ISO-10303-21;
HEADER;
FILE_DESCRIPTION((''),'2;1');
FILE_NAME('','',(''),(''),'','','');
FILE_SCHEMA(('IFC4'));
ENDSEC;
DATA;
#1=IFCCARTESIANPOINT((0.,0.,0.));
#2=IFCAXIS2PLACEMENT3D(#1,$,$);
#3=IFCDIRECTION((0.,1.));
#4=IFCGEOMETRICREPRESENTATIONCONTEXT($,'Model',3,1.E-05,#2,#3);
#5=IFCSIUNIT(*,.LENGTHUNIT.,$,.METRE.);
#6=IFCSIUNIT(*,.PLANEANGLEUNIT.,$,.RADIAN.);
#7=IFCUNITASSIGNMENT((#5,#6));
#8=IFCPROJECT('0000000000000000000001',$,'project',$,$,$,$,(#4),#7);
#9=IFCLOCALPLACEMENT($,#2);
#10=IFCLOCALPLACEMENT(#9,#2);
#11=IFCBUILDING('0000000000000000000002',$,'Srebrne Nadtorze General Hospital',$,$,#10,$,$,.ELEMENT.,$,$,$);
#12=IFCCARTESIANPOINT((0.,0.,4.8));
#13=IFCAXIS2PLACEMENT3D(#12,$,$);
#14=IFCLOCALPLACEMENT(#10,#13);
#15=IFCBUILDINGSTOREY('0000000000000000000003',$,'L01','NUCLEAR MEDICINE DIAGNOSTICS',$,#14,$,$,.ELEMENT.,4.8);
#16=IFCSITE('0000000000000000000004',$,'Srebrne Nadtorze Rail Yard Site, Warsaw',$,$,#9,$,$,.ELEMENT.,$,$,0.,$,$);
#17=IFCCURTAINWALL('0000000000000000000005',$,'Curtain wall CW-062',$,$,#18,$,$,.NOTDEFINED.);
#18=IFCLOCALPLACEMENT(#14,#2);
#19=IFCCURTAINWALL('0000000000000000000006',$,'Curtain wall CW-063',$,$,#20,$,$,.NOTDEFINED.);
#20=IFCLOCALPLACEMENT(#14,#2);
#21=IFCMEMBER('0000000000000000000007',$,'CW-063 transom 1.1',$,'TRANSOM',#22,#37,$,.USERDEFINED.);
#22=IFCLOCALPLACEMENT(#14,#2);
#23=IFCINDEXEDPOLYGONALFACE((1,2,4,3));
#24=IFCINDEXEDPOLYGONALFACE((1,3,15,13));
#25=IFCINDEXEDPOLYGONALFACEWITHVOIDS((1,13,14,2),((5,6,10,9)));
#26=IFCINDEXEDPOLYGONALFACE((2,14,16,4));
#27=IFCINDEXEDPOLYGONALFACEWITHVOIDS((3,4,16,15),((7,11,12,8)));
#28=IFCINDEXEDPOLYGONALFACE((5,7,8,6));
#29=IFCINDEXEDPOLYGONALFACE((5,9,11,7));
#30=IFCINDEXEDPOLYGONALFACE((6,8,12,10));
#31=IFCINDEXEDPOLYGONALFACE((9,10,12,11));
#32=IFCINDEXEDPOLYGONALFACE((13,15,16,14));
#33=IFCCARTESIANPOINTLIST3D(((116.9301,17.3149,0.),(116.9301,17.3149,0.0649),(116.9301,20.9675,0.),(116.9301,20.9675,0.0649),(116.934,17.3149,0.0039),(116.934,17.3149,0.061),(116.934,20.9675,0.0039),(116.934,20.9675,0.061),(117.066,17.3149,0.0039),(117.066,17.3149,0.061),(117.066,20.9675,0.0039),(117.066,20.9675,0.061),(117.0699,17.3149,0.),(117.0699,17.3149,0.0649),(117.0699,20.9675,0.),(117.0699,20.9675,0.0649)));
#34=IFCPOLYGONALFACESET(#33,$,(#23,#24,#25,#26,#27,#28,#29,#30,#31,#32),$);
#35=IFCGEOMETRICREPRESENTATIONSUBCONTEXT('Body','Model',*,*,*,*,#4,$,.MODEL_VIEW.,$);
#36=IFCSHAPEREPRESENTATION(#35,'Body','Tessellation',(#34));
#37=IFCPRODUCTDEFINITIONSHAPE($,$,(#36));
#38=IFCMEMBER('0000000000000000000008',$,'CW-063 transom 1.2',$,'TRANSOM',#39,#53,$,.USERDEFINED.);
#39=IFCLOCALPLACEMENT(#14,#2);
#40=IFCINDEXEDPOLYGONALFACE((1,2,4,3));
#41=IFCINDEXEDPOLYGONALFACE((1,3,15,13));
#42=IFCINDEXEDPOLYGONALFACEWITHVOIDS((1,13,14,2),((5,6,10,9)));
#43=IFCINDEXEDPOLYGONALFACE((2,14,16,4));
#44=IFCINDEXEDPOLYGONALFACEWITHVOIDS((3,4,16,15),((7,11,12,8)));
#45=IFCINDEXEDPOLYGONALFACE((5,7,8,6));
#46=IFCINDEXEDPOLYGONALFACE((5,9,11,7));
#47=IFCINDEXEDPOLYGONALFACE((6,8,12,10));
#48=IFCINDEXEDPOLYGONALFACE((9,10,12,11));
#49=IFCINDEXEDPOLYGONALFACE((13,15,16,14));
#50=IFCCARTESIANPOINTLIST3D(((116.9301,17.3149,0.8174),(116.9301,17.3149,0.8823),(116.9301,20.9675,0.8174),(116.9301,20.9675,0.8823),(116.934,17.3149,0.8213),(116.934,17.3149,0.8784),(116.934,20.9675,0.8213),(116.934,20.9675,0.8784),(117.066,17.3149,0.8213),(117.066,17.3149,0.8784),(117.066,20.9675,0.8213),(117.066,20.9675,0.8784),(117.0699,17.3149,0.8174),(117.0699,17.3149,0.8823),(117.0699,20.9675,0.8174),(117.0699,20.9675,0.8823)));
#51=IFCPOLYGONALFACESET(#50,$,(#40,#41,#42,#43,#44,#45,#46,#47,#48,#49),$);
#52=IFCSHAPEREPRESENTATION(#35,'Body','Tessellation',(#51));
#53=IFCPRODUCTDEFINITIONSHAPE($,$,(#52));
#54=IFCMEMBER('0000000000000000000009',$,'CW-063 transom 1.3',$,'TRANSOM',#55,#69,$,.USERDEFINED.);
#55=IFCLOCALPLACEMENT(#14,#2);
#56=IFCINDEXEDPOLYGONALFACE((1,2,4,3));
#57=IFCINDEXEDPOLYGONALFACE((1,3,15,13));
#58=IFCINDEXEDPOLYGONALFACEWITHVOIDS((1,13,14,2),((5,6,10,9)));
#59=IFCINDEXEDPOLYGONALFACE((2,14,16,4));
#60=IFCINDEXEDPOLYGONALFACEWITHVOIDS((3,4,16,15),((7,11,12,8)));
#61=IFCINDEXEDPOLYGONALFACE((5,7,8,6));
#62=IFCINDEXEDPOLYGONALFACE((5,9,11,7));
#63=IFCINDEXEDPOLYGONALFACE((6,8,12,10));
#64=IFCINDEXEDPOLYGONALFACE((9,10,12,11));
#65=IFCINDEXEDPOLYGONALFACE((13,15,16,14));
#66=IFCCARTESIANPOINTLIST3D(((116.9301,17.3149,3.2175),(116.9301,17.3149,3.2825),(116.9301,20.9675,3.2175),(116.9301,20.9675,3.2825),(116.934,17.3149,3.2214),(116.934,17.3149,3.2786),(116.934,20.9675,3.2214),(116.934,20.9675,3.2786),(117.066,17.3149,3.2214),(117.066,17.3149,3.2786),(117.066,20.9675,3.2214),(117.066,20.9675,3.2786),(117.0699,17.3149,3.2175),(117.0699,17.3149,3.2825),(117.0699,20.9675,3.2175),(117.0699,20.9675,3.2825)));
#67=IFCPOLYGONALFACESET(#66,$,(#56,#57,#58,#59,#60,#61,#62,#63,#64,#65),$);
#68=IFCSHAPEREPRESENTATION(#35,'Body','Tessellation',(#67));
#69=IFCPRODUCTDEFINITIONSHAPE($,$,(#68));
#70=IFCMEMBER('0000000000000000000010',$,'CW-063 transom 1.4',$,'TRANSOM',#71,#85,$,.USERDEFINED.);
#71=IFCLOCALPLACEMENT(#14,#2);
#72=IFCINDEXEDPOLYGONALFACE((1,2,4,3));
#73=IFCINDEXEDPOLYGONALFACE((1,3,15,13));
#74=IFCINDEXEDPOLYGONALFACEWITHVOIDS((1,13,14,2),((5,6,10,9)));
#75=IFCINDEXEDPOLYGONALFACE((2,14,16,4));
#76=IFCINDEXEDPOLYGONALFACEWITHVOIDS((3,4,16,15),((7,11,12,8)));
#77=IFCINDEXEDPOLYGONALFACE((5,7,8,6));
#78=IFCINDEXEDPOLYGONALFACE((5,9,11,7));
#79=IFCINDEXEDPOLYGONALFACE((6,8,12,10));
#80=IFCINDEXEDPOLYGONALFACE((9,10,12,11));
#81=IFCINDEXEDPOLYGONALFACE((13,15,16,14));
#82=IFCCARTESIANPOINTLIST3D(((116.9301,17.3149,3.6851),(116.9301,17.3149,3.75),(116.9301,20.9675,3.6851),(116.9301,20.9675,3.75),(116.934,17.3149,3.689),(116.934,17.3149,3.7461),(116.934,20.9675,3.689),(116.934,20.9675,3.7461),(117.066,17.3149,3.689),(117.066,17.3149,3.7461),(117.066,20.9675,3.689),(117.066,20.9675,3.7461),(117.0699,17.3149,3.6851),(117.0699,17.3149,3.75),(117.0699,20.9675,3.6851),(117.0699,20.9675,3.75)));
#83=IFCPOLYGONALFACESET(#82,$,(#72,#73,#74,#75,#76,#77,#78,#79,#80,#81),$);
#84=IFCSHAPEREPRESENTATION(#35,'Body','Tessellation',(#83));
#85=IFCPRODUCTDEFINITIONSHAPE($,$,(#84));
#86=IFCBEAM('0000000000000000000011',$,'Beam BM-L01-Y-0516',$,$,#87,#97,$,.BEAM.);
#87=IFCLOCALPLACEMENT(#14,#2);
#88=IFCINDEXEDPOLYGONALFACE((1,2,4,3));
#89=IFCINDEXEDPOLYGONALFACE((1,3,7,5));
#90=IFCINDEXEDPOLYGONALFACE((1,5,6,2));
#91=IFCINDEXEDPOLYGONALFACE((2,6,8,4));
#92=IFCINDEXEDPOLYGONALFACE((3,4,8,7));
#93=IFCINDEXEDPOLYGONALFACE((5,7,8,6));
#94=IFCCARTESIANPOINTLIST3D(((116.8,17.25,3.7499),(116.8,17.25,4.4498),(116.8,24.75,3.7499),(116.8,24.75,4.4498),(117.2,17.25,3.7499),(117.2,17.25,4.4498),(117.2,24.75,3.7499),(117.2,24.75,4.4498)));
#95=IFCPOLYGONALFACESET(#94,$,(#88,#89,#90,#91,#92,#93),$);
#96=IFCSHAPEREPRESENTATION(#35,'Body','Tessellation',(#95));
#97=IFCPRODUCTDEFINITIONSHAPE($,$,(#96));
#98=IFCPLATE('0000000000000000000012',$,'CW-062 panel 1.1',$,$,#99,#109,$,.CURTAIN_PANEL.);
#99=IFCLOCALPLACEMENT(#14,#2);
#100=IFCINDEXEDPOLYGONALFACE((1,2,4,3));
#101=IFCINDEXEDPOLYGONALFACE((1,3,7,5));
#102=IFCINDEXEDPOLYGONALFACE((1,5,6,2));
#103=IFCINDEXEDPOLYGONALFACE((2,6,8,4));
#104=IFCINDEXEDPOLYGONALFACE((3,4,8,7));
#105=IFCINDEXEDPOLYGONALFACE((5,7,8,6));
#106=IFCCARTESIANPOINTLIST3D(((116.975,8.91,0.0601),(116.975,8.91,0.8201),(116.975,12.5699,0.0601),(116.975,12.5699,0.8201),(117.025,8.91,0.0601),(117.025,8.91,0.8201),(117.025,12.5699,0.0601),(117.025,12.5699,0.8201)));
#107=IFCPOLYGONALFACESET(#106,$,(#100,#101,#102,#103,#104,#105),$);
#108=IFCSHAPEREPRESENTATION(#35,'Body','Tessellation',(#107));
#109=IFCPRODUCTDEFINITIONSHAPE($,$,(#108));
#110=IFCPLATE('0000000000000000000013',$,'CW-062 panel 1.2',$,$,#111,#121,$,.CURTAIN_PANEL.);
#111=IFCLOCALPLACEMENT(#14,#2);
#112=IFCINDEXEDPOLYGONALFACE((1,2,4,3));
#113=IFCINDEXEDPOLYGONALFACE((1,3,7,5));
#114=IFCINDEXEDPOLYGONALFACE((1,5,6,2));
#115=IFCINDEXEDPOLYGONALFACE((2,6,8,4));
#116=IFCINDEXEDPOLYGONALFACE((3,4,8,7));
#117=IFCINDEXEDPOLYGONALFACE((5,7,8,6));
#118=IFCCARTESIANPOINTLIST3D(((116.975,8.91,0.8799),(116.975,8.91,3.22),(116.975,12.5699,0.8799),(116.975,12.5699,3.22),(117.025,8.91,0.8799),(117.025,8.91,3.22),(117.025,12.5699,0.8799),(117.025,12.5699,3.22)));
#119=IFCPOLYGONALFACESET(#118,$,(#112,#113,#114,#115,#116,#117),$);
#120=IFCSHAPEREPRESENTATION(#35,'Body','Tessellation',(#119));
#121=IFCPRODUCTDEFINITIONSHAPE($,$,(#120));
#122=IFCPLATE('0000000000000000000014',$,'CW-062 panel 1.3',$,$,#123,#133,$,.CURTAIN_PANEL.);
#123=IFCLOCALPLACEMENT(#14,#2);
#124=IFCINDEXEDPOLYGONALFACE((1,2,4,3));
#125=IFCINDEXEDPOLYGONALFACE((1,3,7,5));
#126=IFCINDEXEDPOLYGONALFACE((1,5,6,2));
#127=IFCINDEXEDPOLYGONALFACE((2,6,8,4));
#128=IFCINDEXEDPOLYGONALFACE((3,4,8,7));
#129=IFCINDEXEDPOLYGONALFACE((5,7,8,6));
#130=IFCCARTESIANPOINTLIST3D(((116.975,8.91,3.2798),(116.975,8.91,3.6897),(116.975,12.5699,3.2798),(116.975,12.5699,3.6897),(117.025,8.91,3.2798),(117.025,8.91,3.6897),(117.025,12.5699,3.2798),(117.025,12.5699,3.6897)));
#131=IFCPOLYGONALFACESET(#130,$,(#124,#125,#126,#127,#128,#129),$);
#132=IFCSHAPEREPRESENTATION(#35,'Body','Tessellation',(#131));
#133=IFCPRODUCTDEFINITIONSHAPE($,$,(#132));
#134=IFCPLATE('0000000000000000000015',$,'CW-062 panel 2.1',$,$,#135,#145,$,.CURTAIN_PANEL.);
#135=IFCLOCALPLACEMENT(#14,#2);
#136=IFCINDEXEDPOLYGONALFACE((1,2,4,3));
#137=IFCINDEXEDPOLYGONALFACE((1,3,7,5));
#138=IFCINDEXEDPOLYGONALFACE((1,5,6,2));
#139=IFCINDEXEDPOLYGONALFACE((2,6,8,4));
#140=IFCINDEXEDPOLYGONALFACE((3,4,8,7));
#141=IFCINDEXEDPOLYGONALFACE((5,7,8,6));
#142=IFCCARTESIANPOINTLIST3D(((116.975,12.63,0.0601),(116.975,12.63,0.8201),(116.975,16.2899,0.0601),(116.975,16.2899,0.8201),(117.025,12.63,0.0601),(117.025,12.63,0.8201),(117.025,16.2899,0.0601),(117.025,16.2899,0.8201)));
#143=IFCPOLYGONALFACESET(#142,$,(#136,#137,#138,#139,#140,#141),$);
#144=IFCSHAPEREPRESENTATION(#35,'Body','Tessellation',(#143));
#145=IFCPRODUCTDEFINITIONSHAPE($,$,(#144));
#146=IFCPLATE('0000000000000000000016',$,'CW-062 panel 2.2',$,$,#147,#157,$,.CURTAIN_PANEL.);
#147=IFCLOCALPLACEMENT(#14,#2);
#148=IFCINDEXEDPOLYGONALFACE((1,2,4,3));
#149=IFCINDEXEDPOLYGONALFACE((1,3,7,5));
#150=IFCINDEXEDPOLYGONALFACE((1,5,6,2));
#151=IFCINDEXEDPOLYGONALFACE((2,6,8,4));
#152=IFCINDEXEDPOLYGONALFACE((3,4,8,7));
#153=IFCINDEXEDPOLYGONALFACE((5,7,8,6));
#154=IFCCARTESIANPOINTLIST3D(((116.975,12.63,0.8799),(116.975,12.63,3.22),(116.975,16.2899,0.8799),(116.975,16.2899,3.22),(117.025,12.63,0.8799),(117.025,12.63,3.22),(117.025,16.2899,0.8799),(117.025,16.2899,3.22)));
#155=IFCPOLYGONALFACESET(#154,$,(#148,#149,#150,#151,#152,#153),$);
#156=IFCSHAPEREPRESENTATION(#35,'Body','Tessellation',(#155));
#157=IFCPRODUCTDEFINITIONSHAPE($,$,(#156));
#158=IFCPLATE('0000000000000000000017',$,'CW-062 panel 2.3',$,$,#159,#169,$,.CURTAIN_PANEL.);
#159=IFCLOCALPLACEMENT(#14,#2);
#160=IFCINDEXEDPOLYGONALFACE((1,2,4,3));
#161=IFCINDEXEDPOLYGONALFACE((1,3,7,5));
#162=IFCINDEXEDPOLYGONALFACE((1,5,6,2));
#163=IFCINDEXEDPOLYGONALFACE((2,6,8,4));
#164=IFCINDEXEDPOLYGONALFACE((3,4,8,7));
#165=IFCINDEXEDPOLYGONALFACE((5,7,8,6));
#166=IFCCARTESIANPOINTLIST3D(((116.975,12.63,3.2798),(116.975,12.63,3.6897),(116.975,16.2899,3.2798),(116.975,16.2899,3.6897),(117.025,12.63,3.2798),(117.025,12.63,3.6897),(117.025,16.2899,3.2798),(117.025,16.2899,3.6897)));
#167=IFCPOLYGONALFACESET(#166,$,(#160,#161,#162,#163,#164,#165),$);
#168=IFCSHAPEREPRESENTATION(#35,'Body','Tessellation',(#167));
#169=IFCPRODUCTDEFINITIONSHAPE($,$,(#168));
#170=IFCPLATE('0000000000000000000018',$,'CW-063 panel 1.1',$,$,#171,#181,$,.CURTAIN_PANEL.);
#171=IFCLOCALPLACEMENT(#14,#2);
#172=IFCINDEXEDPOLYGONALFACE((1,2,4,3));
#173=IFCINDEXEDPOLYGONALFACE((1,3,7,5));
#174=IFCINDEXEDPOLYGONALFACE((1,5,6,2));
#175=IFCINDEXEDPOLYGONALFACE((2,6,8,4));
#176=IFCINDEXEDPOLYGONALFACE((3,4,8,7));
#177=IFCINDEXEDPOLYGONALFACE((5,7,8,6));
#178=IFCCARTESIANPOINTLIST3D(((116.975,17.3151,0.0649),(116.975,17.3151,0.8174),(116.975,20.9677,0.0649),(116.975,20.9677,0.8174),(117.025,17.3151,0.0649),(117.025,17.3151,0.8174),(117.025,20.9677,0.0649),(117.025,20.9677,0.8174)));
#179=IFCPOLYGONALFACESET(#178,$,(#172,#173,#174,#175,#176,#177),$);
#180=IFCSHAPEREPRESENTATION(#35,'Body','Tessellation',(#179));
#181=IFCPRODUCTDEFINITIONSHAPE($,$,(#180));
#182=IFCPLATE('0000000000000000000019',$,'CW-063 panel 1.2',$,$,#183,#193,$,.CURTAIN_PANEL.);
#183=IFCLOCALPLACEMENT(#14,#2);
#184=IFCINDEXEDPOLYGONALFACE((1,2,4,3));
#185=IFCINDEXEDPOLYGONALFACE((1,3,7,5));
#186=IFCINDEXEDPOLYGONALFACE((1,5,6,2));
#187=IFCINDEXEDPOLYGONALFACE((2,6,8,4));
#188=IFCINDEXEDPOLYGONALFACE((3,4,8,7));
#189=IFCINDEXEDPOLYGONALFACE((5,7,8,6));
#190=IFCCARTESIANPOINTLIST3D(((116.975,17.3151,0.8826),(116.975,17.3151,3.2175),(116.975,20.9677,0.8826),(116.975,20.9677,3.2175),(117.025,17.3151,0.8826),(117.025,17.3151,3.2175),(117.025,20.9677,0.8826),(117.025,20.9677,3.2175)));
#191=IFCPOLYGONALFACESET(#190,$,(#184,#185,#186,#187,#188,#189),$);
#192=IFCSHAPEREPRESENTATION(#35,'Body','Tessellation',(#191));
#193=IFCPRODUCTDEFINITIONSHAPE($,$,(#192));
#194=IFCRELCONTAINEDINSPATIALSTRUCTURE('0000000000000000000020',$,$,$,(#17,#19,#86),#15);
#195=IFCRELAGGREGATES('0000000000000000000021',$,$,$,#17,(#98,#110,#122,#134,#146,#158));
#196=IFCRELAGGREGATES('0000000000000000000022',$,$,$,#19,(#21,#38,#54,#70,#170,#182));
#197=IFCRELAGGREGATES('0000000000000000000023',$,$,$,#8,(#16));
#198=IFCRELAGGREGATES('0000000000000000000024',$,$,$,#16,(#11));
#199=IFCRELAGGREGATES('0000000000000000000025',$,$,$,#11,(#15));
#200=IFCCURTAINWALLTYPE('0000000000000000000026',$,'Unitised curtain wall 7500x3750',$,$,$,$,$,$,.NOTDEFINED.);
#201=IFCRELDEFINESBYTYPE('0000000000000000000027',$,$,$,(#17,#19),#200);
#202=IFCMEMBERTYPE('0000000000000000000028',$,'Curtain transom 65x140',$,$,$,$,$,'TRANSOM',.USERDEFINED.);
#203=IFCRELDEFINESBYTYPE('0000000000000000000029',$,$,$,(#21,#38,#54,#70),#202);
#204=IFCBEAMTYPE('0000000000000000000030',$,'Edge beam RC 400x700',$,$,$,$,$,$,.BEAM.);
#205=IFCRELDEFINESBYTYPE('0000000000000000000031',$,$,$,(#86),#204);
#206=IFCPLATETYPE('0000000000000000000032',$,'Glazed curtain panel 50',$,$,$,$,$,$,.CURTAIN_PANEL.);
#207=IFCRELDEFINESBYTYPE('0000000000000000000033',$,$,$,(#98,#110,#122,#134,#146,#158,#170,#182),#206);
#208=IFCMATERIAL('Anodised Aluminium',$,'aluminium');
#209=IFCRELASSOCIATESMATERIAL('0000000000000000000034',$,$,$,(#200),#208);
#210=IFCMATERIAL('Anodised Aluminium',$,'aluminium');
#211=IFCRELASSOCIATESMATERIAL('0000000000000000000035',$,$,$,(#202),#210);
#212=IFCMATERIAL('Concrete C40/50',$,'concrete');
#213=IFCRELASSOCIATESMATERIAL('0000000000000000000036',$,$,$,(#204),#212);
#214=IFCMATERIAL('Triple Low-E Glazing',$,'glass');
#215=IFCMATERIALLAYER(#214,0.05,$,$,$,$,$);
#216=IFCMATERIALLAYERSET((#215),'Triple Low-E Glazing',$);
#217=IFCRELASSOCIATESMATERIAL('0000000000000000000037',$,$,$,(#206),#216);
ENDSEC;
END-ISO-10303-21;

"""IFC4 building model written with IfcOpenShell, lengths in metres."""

from ifc_helpers import new_model, si_unit, direction, frame, origin, origin_2d, place, context, subcontext, project, spatial, rectangle, hollow_rectangle, extrude, material, layer, layer_set, material_profile, profile_set, type_object, element, aggregate, save


model = new_model("IFC4")

# Units and contexts
model_context = context("Model", 3, precision=1e-05, world=origin(), true_north=direction((0.0, 1.0)))
body_context = subcontext(model_context, "Body", "Model", "MODEL_VIEW")
ifc_project = project(units=[si_unit("LENGTHUNIT", "METRE"), si_unit("PLANEANGLEUNIT", "RADIAN")], contexts=[model_context])

# Site, building, storey
site_placement = place(None, origin())
site = spatial("IfcSite", under=ifc_project, at=site_placement, Name="Srebrne Nadtorze Rail Yard Site, Warsaw", CompositionType="ELEMENT", RefElevation=0.0)
building_placement = place(site_placement, origin())
building = spatial("IfcBuilding", under=site, at=building_placement, Name="Srebrne Nadtorze General Hospital", CompositionType="ELEMENT")
storey_placement = place(building_placement, frame((0.0, 0.0, 4.8)))
storey = spatial("IfcBuildingStorey", under=building, at=storey_placement, Name="L01", Description="NUCLEAR MEDICINE DIAGNOSTICS", CompositionType="ELEMENT", Elevation=4.8)

# Curtain wall
ifc_material_1 = material(Name="Anodised Aluminium", Category="aluminium")
curtain_wall_type = type_object("IfcCurtainWallType", Name="Unitised curtain wall 7500x3750", PredefinedType="NOTDEFINED", material=ifc_material_1)
curtain_wall_1_placement = place(storey_placement, origin())
curtain_wall_1 = element("IfcCurtainWall", 1, at=curtain_wall_1_placement, inside=storey, type_object=curtain_wall_type, Name="Curtain wall CW-062", PredefinedType="NOTDEFINED")

# Curtain wall
curtain_wall_2_placement = place(storey_placement, origin())
curtain_wall_2 = element("IfcCurtainWall", 2, at=curtain_wall_2_placement, inside=storey, type_object=curtain_wall_type, Name="Curtain wall CW-063", PredefinedType="NOTDEFINED")

# Members
ifc_material_2 = material(Name="Anodised Aluminium", Category="aluminium")
ifc_material_profile_1 = material_profile(ifc_material_2, hollow_rectangle(XDim=0.0649, YDim=0.1399, WallThickness=0.0039, at=origin_2d()), Name="AL-TRN-65x140")
ifc_profile_set_1 = profile_set([ifc_material_profile_1], Name="Anodised Aluminium")
member_type_1 = type_object("IfcMemberType", Name="Curtain transom 65x140", ElementType="TRANSOM", PredefinedType="USERDEFINED", material=ifc_profile_set_1)
member_1_placement = place(storey_placement, frame((117.0, 17.3149, 0.0325), z_axis=(0.0, 1.0, 0.0), x_axis=(0.0, 0.0, 1.0)))
member_1 = element("IfcMember", 3, at=member_1_placement, type_object=member_type_1, Name="CW-063 transom 1.1", ObjectType="TRANSOM", PredefinedType="USERDEFINED", context=body_context, shape_type="SweptSolid", body=[
    extrude(hollow_rectangle(XDim=0.0649, YDim=0.1399, WallThickness=0.0039, at=origin_2d()), origin(), (0.0, 0.0, 1.0), 3.6526),
])
member_2_placement = place(storey_placement, frame((117.0, 17.3149, 0.8499), z_axis=(0.0, 1.0, 0.0), x_axis=(0.0, 0.0, 1.0)))
member_2 = element("IfcMember", 4, at=member_2_placement, type_object=member_type_1, Name="CW-063 transom 1.2", ObjectType="TRANSOM", PredefinedType="USERDEFINED", context=body_context, shape_type="SweptSolid", body=[
    extrude(hollow_rectangle(XDim=0.0649, YDim=0.1399, WallThickness=0.0039, at=origin_2d()), origin(), (0.0, 0.0, 1.0), 3.6526),
])
member_3_placement = place(storey_placement, frame((117.0, 17.3149, 3.25), z_axis=(0.0, 1.0, 0.0), x_axis=(0.0, 0.0, 1.0)))
member_3 = element("IfcMember", 5, at=member_3_placement, type_object=member_type_1, Name="CW-063 transom 1.3", ObjectType="TRANSOM", PredefinedType="USERDEFINED", context=body_context, shape_type="SweptSolid", body=[
    extrude(hollow_rectangle(XDim=0.0649, YDim=0.1399, WallThickness=0.0039, at=origin_2d()), origin(), (0.0, 0.0, 1.0), 3.6526),
])
member_4_placement = place(storey_placement, frame((117.0, 17.3149, 3.7175), z_axis=(0.0, 1.0, 0.0), x_axis=(0.0, 0.0, 1.0)))
member_4 = element("IfcMember", 6, at=member_4_placement, type_object=member_type_1, Name="CW-063 transom 1.4", ObjectType="TRANSOM", PredefinedType="USERDEFINED", context=body_context, shape_type="SweptSolid", body=[
    extrude(hollow_rectangle(XDim=0.0649, YDim=0.1399, WallThickness=0.0039, at=origin_2d()), origin(), (0.0, 0.0, 1.0), 3.6526),
])

# Beam
ifc_material_3 = material(Name="Concrete C40/50", Category="concrete")
ifc_material_profile_2 = material_profile(ifc_material_3, rectangle(XDim=0.3999, YDim=0.7, at=origin_2d()), Name="RC-BM-400x700")
ifc_profile_set_2 = profile_set([ifc_material_profile_2], Name="Concrete C40/50")
beam_type = type_object("IfcBeamType", Name="Edge beam RC 400x700", PredefinedType="BEAM", material=ifc_profile_set_2)
beam_placement = place(storey_placement, frame((117.0, 17.25, 4.0999), z_axis=(0.0, 1.0, 0.0), x_axis=(-1.0, 0.0, 0.0)))
element("IfcBeam", 7, at=beam_placement, inside=storey, type_object=beam_type, Name="Beam BM-L01-Y-0516", PredefinedType="BEAM", context=body_context, shape_type="SweptSolid", body=[
    extrude(rectangle(XDim=0.3999, YDim=0.7, at=origin_2d()), origin(), (0.0, 0.0, 1.0), 7.5),
])

# Plates
ifc_material_4 = material(Name="Triple Low-E Glazing", Category="glass")
ifc_layer_1 = layer(ifc_material_4, 0.05)
ifc_layer_set_1 = layer_set([ifc_layer_1], Name="Triple Low-E Glazing")
plate_type = type_object("IfcPlateType", Name="Glazed curtain panel 50", PredefinedType="CURTAIN_PANEL", material=ifc_layer_set_1)
plate_1_placement = place(storey_placement, frame((117.0, 10.74, 0.0601), z_axis=(0.0, 0.0, 1.0), x_axis=(0.0, 1.0, 0.0)))
plate_1 = element("IfcPlate", 8, at=plate_1_placement, type_object=plate_type, Name="CW-062 panel 1.1", PredefinedType="CURTAIN_PANEL", context=body_context, shape_type="SweptSolid", body=[
    extrude(rectangle(XDim=3.6599, YDim=0.05, at=origin_2d()), origin(), (0.0, 0.0, 1.0), 0.76),
])
plate_2_placement = place(storey_placement, frame((117.0, 10.74, 0.8799), z_axis=(0.0, 0.0, 1.0), x_axis=(0.0, 1.0, 0.0)))
plate_2 = element("IfcPlate", 9, at=plate_2_placement, type_object=plate_type, Name="CW-062 panel 1.2", PredefinedType="CURTAIN_PANEL", context=body_context, shape_type="SweptSolid", body=[
    extrude(rectangle(XDim=3.6599, YDim=0.05, at=origin_2d()), origin(), (0.0, 0.0, 1.0), 2.3401),
])
plate_3_placement = place(storey_placement, frame((117.0, 10.74, 3.2798), z_axis=(0.0, 0.0, 1.0), x_axis=(0.0, 1.0, 0.0)))
plate_3 = element("IfcPlate", 10, at=plate_3_placement, type_object=plate_type, Name="CW-062 panel 1.3", PredefinedType="CURTAIN_PANEL", context=body_context, shape_type="SweptSolid", body=[
    extrude(rectangle(XDim=3.6599, YDim=0.05, at=origin_2d()), origin(), (0.0, 0.0, 1.0), 0.4099),
])
plate_4_placement = place(storey_placement, frame((117.0, 14.46, 0.0601), z_axis=(0.0, 0.0, 1.0), x_axis=(0.0, 1.0, 0.0)))
plate_4 = element("IfcPlate", 11, at=plate_4_placement, type_object=plate_type, Name="CW-062 panel 2.1", PredefinedType="CURTAIN_PANEL", context=body_context, shape_type="SweptSolid", body=[
    extrude(rectangle(XDim=3.6599, YDim=0.05, at=origin_2d()), origin(), (0.0, 0.0, 1.0), 0.76),
])
plate_5_placement = place(storey_placement, frame((117.0, 14.46, 0.8799), z_axis=(0.0, 0.0, 1.0), x_axis=(0.0, 1.0, 0.0)))
plate_5 = element("IfcPlate", 12, at=plate_5_placement, type_object=plate_type, Name="CW-062 panel 2.2", PredefinedType="CURTAIN_PANEL", context=body_context, shape_type="SweptSolid", body=[
    extrude(rectangle(XDim=3.6599, YDim=0.05, at=origin_2d()), origin(), (0.0, 0.0, 1.0), 2.3401),
])
plate_6_placement = place(storey_placement, frame((117.0, 14.46, 3.2798), z_axis=(0.0, 0.0, 1.0), x_axis=(0.0, 1.0, 0.0)))
plate_6 = element("IfcPlate", 13, at=plate_6_placement, type_object=plate_type, Name="CW-062 panel 2.3", PredefinedType="CURTAIN_PANEL", context=body_context, shape_type="SweptSolid", body=[
    extrude(rectangle(XDim=3.6599, YDim=0.05, at=origin_2d()), origin(), (0.0, 0.0, 1.0), 0.4099),
])
aggregate(curtain_wall_1, [plate_1, plate_2, plate_3, plate_4, plate_5, plate_6])
plate_7_placement = place(storey_placement, frame((117.0, 19.1414, 0.0649), z_axis=(0.0, 0.0, 1.0), x_axis=(0.0, 1.0, 0.0)))
plate_7 = element("IfcPlate", 14, at=plate_7_placement, type_object=plate_type, Name="CW-063 panel 1.1", PredefinedType="CURTAIN_PANEL", context=body_context, shape_type="SweptSolid", body=[
    extrude(rectangle(XDim=3.6526, YDim=0.05, at=origin_2d()), origin(), (0.0, 0.0, 1.0), 0.7524),
])
plate_8_placement = place(storey_placement, frame((117.0, 19.1414, 0.8826), z_axis=(0.0, 0.0, 1.0), x_axis=(0.0, 1.0, 0.0)))
plate_8 = element("IfcPlate", 15, at=plate_8_placement, type_object=plate_type, Name="CW-063 panel 1.2", PredefinedType="CURTAIN_PANEL", context=body_context, shape_type="SweptSolid", body=[
    extrude(rectangle(XDim=3.6526, YDim=0.05, at=origin_2d()), origin(), (0.0, 0.0, 1.0), 2.335),
])
aggregate(curtain_wall_2, [member_1, member_2, member_3, member_4, plate_7, plate_8])

save(model, "model.ifc")
